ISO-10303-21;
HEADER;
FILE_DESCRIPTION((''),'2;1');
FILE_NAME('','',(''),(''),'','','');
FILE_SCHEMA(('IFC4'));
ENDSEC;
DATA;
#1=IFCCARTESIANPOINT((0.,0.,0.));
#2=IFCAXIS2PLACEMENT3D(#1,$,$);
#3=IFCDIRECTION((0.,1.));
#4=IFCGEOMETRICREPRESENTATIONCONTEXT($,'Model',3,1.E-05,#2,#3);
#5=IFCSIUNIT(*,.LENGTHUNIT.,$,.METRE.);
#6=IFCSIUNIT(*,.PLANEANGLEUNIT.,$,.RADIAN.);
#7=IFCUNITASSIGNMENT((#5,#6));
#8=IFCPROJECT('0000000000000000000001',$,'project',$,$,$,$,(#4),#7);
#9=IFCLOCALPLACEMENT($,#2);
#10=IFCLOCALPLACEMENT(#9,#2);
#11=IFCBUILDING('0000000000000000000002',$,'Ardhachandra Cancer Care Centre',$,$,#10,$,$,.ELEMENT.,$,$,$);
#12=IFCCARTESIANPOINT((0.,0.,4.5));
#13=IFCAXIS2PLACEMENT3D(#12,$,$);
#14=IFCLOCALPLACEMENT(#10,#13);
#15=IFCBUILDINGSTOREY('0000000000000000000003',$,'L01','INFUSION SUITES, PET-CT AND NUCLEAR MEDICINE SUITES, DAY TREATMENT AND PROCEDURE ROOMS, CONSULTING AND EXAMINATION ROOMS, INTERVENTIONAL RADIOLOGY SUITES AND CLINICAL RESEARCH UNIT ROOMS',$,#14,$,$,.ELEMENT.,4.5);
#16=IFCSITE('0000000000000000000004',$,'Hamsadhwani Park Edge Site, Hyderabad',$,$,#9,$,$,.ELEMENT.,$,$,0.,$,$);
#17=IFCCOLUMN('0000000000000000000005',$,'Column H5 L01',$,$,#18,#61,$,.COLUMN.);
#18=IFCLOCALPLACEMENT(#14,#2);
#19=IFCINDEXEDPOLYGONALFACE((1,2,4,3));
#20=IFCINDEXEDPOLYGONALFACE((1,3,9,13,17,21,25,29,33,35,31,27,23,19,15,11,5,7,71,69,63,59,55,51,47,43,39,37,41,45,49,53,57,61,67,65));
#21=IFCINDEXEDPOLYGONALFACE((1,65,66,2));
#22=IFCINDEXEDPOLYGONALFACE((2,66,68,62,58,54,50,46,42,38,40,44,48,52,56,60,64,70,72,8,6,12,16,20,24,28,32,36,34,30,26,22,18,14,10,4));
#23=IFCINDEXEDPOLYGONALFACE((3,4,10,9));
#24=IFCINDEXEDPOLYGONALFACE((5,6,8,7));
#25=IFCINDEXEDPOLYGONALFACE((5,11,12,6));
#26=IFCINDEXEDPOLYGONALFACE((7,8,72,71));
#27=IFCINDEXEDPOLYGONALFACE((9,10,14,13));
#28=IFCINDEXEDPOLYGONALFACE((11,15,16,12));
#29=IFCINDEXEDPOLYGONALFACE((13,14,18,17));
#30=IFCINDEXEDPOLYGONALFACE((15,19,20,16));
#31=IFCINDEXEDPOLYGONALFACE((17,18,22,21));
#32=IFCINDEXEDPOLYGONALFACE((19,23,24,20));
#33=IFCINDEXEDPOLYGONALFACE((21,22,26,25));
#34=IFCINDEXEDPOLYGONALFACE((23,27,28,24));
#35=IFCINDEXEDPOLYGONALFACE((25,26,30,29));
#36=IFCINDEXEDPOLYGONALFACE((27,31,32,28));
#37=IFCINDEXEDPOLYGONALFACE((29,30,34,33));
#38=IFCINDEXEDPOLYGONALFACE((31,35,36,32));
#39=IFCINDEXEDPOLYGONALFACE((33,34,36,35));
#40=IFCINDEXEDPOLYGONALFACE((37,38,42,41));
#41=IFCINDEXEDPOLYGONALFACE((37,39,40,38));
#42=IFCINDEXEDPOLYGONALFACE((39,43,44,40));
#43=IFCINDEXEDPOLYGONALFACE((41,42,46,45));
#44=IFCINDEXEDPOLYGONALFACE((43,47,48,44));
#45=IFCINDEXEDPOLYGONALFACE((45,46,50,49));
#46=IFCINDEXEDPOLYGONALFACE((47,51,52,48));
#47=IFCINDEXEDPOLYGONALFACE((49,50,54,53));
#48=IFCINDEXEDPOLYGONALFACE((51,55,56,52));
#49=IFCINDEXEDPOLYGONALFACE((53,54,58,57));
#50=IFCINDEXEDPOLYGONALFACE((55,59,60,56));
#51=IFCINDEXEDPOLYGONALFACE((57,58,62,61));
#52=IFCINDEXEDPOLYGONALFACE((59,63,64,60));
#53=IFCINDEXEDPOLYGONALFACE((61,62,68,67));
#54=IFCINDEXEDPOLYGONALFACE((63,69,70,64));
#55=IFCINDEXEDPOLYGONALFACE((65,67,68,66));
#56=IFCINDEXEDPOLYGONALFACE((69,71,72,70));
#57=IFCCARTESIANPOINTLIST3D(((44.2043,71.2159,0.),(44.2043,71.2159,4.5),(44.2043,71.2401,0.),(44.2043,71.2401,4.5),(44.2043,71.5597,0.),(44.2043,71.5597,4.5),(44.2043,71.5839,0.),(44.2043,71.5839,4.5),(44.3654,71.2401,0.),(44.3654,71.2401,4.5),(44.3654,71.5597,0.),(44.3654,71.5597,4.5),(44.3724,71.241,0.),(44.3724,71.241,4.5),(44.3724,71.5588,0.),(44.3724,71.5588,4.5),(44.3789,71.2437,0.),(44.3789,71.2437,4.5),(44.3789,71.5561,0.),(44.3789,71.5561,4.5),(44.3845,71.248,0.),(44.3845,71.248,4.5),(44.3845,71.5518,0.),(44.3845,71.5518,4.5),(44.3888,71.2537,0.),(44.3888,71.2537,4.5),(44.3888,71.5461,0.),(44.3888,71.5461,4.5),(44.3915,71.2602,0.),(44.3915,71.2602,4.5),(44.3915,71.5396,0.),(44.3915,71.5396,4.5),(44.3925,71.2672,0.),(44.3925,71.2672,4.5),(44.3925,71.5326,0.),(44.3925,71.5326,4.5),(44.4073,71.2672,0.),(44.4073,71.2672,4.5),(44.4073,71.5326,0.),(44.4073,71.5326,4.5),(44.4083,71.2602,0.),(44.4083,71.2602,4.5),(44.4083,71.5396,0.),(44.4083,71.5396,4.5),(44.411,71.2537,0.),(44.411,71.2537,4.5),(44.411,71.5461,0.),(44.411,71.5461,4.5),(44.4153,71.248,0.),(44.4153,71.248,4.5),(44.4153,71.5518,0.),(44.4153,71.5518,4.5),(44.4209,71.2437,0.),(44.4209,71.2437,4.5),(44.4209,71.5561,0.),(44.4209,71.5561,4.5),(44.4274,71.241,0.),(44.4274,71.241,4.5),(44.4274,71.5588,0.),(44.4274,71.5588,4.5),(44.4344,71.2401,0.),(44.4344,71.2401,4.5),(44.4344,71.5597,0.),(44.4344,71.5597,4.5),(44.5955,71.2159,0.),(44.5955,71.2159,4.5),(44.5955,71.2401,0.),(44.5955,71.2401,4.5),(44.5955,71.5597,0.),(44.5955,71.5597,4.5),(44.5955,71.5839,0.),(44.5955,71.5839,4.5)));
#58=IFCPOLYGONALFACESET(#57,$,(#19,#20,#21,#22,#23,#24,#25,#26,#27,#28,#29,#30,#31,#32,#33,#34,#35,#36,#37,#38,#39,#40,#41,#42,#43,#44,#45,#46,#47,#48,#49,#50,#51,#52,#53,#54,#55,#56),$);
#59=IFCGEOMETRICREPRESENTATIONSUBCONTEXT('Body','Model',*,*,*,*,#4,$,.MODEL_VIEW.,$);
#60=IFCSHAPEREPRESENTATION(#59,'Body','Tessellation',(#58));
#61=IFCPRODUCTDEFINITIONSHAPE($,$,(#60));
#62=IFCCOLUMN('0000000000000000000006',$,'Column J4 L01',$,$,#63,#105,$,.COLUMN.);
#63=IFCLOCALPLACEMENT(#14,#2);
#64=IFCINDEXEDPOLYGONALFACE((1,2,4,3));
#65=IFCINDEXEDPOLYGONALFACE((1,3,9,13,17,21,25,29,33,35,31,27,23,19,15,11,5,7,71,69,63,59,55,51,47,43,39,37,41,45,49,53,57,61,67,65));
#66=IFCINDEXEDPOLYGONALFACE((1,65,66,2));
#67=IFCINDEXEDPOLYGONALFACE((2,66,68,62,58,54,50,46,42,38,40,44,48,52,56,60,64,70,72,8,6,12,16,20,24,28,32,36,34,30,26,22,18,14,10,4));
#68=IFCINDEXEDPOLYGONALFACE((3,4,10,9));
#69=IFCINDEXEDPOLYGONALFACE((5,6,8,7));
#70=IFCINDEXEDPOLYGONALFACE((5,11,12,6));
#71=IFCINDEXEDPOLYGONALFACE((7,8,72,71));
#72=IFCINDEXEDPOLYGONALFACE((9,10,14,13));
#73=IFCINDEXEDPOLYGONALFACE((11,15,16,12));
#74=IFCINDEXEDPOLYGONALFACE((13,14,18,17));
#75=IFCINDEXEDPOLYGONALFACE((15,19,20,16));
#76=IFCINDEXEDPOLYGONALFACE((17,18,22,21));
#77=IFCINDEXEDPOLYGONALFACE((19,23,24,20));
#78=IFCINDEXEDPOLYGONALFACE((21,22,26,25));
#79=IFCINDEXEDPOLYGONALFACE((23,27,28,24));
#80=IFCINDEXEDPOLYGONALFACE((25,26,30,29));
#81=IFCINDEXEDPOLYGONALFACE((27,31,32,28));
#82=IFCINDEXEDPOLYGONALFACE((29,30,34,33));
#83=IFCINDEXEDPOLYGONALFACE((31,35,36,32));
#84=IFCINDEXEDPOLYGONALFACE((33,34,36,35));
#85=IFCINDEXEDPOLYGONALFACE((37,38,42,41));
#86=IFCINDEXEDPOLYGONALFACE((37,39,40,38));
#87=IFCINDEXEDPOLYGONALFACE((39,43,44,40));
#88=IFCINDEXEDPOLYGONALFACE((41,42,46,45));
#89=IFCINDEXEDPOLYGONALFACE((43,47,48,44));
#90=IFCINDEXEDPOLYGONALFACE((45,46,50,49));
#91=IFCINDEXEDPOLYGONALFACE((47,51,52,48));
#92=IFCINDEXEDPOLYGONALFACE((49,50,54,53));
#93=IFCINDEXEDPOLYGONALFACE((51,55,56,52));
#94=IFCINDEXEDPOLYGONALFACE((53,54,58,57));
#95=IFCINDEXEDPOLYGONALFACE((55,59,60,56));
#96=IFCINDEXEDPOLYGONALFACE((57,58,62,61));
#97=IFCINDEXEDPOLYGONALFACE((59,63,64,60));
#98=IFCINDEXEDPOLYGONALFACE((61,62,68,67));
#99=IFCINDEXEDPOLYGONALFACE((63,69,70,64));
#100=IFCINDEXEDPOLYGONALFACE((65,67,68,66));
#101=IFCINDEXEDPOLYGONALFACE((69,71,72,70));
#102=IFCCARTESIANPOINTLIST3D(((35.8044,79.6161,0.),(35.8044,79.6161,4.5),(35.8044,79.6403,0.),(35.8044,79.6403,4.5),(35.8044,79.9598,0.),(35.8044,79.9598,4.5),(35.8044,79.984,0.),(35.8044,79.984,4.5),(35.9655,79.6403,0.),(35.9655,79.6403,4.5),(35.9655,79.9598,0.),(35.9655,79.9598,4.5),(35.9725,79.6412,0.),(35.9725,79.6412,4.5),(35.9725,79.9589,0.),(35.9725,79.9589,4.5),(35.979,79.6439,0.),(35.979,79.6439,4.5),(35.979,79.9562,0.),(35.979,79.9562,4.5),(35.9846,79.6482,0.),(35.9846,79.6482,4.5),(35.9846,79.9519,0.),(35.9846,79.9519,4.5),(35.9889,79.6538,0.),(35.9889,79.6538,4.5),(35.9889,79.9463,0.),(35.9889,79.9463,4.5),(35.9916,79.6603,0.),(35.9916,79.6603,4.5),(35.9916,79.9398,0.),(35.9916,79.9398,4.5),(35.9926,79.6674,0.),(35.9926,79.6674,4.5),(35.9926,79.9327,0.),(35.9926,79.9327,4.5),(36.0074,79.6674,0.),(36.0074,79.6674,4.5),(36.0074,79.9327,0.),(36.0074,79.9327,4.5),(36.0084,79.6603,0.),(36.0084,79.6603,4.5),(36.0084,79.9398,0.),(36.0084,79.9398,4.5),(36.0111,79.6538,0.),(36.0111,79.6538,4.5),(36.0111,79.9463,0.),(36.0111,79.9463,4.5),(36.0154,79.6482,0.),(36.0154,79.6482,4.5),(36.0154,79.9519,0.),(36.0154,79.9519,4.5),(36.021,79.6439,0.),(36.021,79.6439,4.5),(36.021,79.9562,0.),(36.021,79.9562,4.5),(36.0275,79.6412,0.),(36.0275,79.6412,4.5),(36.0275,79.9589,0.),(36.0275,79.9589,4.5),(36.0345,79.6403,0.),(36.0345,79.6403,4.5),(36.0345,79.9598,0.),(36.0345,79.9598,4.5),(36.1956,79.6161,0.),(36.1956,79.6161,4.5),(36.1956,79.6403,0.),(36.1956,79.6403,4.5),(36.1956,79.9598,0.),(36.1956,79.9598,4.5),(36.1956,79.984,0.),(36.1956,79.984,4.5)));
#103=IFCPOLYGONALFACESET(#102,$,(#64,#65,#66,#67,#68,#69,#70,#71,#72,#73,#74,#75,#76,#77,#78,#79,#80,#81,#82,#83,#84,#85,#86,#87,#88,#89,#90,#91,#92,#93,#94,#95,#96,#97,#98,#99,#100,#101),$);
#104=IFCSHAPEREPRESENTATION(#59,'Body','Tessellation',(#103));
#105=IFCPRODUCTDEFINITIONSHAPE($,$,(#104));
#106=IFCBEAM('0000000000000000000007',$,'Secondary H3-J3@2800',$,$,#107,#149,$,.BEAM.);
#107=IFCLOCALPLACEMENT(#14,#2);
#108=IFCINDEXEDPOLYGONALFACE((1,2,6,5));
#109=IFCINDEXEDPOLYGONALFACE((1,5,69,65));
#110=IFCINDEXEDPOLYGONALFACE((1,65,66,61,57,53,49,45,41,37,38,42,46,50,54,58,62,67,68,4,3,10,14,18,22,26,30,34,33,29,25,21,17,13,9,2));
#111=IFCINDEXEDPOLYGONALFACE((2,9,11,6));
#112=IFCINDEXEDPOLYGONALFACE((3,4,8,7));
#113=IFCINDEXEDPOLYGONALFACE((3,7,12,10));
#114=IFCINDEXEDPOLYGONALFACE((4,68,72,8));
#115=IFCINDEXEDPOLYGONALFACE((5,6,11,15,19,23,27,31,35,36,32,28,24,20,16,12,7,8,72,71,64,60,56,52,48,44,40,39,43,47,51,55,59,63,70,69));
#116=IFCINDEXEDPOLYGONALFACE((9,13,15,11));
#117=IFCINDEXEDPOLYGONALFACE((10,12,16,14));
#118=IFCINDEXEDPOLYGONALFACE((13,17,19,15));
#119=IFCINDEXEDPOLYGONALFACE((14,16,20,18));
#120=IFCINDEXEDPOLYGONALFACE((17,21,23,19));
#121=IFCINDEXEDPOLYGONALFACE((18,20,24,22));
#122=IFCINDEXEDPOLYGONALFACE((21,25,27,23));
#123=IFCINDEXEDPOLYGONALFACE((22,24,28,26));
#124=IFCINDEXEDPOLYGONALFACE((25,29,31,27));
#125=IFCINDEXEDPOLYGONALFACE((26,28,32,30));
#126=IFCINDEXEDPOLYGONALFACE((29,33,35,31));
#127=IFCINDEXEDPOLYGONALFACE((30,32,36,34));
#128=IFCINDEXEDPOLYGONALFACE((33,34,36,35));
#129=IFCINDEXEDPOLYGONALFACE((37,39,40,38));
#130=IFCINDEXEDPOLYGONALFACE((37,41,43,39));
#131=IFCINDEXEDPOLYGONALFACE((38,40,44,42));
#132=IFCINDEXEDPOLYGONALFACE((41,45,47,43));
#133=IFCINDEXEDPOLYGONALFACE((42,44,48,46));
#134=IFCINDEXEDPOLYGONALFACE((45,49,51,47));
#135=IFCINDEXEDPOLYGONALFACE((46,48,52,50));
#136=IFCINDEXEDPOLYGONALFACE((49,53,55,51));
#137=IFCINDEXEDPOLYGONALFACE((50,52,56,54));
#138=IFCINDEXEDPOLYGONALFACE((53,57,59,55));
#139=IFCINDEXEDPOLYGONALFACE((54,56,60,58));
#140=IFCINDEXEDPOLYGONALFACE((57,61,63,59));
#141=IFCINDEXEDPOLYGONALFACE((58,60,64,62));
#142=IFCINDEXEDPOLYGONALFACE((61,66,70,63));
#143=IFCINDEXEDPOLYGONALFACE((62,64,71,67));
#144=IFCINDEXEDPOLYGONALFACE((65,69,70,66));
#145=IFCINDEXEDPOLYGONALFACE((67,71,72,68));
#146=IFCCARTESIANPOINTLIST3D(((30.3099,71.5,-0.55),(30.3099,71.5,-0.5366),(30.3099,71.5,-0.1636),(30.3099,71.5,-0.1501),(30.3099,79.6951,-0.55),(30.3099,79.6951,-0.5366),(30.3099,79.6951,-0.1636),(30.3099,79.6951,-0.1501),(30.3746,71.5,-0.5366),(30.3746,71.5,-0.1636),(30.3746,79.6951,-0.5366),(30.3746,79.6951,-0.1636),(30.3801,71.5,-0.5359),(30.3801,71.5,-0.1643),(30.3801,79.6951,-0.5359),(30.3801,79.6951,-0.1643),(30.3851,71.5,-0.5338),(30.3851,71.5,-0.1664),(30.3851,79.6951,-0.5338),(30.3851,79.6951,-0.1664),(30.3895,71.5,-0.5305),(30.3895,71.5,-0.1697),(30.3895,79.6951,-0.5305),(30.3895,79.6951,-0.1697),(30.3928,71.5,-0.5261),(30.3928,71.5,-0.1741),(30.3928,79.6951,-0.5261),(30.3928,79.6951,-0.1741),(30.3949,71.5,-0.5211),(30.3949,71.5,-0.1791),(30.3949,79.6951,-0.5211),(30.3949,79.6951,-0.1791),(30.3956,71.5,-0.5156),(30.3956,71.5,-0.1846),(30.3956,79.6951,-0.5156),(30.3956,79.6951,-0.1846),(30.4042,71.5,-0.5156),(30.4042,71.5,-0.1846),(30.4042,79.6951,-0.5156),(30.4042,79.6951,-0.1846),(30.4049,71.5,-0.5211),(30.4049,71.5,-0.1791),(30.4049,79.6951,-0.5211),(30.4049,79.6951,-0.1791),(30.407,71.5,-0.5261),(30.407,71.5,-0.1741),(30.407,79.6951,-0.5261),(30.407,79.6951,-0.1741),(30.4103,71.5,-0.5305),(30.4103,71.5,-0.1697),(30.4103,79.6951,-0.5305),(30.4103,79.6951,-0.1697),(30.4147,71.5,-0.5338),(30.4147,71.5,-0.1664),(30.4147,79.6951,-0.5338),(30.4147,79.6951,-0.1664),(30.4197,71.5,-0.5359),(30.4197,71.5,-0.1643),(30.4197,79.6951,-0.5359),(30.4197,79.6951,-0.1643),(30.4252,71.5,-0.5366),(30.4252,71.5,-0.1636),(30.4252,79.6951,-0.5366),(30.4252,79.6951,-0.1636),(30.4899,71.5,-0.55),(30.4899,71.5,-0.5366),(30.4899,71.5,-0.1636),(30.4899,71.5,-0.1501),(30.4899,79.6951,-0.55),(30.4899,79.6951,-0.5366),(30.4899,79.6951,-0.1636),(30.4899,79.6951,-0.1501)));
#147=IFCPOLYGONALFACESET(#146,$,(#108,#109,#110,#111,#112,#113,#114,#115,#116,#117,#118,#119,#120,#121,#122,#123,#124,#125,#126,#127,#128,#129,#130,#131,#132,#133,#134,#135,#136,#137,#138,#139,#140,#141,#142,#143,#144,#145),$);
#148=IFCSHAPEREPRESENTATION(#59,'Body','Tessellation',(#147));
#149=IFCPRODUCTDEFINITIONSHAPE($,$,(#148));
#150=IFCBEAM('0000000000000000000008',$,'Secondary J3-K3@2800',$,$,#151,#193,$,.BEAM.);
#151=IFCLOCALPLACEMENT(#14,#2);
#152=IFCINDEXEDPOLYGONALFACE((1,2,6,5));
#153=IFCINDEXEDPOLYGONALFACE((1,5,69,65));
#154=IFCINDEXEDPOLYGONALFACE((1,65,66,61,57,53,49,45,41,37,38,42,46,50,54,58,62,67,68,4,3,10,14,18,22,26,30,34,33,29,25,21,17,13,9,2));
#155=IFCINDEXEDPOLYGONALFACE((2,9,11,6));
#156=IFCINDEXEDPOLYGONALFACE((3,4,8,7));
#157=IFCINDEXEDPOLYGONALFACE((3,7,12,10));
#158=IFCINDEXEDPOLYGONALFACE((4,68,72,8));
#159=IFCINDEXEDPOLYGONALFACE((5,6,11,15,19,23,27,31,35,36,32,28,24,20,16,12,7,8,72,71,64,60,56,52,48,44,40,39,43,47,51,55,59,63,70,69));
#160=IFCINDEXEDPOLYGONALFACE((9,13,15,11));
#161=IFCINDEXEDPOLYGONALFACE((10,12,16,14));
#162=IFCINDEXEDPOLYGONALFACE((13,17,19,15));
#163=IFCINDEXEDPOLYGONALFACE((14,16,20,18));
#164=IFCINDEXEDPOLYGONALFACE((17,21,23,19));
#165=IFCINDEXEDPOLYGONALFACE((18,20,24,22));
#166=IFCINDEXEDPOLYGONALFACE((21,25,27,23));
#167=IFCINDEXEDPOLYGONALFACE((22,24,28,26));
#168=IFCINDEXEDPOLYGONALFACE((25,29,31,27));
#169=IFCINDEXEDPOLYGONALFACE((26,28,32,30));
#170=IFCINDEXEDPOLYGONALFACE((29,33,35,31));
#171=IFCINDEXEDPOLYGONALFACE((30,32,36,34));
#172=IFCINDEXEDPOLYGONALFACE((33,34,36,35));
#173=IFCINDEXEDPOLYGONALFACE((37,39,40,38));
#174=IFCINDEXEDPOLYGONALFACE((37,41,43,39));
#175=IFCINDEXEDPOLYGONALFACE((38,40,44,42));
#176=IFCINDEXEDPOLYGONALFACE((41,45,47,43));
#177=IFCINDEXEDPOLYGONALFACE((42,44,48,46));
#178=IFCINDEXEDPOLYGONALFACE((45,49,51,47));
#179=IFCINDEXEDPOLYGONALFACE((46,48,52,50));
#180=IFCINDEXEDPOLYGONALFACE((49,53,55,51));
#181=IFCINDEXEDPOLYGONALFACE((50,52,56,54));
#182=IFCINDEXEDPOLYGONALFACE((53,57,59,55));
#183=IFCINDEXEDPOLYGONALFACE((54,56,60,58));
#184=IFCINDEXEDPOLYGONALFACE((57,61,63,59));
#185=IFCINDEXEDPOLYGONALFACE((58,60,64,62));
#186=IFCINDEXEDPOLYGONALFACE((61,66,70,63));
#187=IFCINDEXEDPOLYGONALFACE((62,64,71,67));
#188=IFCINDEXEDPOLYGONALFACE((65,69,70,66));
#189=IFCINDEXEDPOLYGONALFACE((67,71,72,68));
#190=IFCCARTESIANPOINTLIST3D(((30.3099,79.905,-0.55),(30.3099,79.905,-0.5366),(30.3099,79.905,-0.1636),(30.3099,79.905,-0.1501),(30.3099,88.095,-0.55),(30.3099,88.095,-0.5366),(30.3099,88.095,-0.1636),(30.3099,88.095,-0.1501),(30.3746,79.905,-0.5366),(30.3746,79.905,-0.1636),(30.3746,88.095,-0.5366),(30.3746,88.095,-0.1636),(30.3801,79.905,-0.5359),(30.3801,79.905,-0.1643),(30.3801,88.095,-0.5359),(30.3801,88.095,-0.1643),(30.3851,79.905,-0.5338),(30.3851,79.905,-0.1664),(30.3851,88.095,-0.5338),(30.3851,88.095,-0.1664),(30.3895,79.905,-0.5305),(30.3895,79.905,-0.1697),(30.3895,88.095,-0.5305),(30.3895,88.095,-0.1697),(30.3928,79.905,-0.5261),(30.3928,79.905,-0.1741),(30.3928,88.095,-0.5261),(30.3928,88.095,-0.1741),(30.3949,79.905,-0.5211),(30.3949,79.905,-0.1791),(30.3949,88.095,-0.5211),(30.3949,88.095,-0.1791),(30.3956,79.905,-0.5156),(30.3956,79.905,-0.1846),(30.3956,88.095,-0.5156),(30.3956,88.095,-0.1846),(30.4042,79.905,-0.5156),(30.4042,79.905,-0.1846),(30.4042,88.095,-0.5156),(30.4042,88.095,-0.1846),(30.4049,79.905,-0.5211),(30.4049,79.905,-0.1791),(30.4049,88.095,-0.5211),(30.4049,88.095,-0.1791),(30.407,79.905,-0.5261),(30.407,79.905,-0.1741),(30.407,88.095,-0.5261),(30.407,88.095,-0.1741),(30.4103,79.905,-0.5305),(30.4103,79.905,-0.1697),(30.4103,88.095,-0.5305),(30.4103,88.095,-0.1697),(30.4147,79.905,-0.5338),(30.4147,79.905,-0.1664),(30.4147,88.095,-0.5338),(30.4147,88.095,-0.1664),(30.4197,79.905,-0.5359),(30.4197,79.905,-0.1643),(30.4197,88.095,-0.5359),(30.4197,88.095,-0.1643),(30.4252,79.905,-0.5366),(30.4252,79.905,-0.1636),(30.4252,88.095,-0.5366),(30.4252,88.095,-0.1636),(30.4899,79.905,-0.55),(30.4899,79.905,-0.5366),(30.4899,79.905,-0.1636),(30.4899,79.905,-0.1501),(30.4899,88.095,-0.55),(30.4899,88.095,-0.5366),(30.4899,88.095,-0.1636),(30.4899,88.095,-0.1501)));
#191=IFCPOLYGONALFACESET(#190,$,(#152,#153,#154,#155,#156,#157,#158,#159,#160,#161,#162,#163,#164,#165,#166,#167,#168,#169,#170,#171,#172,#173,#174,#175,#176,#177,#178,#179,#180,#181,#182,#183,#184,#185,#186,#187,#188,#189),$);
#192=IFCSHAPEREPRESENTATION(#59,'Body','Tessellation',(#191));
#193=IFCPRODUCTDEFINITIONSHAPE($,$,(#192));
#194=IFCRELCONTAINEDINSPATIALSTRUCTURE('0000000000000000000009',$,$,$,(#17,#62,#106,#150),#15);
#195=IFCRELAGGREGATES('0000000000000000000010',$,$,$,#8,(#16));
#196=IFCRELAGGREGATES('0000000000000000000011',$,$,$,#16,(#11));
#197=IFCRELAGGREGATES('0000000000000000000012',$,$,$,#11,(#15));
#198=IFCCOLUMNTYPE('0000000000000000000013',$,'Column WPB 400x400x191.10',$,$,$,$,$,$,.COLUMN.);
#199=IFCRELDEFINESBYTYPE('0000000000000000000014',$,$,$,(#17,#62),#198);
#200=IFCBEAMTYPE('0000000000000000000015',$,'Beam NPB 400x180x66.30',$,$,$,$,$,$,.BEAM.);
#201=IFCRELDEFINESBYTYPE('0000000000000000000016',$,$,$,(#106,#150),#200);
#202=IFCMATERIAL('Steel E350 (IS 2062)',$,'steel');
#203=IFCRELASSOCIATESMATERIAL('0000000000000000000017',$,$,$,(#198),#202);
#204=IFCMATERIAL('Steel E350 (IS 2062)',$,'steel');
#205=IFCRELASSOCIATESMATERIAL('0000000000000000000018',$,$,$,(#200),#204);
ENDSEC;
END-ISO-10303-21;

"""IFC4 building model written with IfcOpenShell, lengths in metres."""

from ifc_helpers import new_model, si_unit, direction, frame, origin, origin_2d, place, context, subcontext, project, spatial, i_section, extrude, material, material_profile, profile_set, type_object, element, save


model = new_model("IFC4")

# Units and contexts
model_context = context("Model", 3, precision=1e-05, world=origin(), true_north=direction((0.0, 1.0)))
body_context = subcontext(model_context, "Body", "Model", "MODEL_VIEW")
ifc_project = project(units=[si_unit("LENGTHUNIT", "METRE"), si_unit("PLANEANGLEUNIT", "RADIAN")], contexts=[model_context])

# Site, building, storey
site_placement = place(None, origin())
site = spatial("IfcSite", under=ifc_project, at=site_placement, Name="Hamsadhwani Park Edge Site, Hyderabad", CompositionType="ELEMENT", RefElevation=0.0)
building_placement = place(site_placement, origin())
building = spatial("IfcBuilding", under=site, at=building_placement, Name="Ardhachandra Cancer Care Centre", CompositionType="ELEMENT")
storey_placement = place(building_placement, frame((0.0, 0.0, 4.5)))
storey = spatial("IfcBuildingStorey", under=building, at=storey_placement, Name="L01", Description="INFUSION SUITES, PET-CT AND NUCLEAR MEDICINE SUITES, DAY TREATMENT AND PROCEDURE ROOMS, CONSULTING AND EXAMINATION ROOMS, INTERVENTIONAL RADIOLOGY SUITES AND CLINICAL RESEARCH UNIT ROOMS", CompositionType="ELEMENT", Elevation=4.5)

# Columns
ifc_material_1 = material(Name="Steel E350 (IS 2062)", Category="steel")
ifc_material_profile_1 = material_profile(ifc_material_1, i_section(OverallWidth=0.3911, OverallDepth=0.3679, WebThickness=0.0149, FlangeThickness=0.0242, FilletRadius=0.0271, at=origin_2d()), Name="WPB 400x400x191.10")
ifc_profile_set_1 = profile_set([ifc_material_profile_1], Name="Steel E350 (IS 2062)")
column_type = type_object("IfcColumnType", Name="Column WPB 400x400x191.10", PredefinedType="COLUMN", material=ifc_profile_set_1)
for number, where, z_axis, x_axis, name in (
    (1, (44.3999, 71.3999, 0.0), (0.0, 0.0, 1.0), (1.0, 0.0, 0.0), "Column H5 L01"),
    (2, (36.0, 79.8, 0.0), (0.0, 0.0, 1.0), (1.0, 0.0, 0.0), "Column J4 L01"),
):
    element("IfcColumn", number, at=place(storey_placement, frame(where, z_axis=z_axis, x_axis=x_axis)), inside=storey, type_object=column_type, Name=name, PredefinedType="COLUMN", context=body_context, shape_type="SweptSolid", body=[
        extrude(i_section(OverallWidth=0.3911, OverallDepth=0.3679, WebThickness=0.0149, FlangeThickness=0.0242, FilletRadius=0.0271, at=origin_2d()), origin(), (0.0, 0.0, 1.0), 4.5),
    ])

# Beams
ifc_material_2 = material(Name="Steel E350 (IS 2062)", Category="steel")
ifc_material_profile_2 = material_profile(ifc_material_2, i_section(OverallWidth=0.1799, OverallDepth=0.3999, WebThickness=0.0085, FlangeThickness=0.0134, FilletRadius=0.021, at=origin_2d()), Name="NPB 400x180x66.30")
ifc_profile_set_2 = profile_set([ifc_material_profile_2], Name="Steel E350 (IS 2062)")
beam_type_1 = type_object("IfcBeamType", Name="Beam NPB 400x180x66.30", PredefinedType="BEAM", material=ifc_profile_set_2)
beam_1_placement = place(storey_placement, frame((30.3999, 71.5, -0.3501), z_axis=(0.0, 1.0, 0.0), x_axis=(-1.0, 0.0, 0.0)))
element("IfcBeam", 3, at=beam_1_placement, inside=storey, type_object=beam_type_1, Name="Secondary H3-J3@2800", PredefinedType="BEAM", context=body_context, shape_type="SweptSolid", body=[
    extrude(i_section(OverallWidth=0.1799, OverallDepth=0.3999, WebThickness=0.0085, FlangeThickness=0.0134, FilletRadius=0.021, at=origin_2d()), origin(), (0.0, 0.0, 1.0), 8.1951),
])
beam_2_placement = place(storey_placement, frame((30.3999, 79.905, -0.3501), z_axis=(0.0, 1.0, 0.0), x_axis=(-1.0, 0.0, 0.0)))
element("IfcBeam", 4, at=beam_2_placement, inside=storey, type_object=beam_type_1, Name="Secondary J3-K3@2800", PredefinedType="BEAM", context=body_context, shape_type="SweptSolid", body=[
    extrude(i_section(OverallWidth=0.1799, OverallDepth=0.3999, WebThickness=0.0085, FlangeThickness=0.0134, FilletRadius=0.021, at=origin_2d()), origin(), (0.0, 0.0, 1.0), 8.1899),
])

save(model, "model.ifc")
